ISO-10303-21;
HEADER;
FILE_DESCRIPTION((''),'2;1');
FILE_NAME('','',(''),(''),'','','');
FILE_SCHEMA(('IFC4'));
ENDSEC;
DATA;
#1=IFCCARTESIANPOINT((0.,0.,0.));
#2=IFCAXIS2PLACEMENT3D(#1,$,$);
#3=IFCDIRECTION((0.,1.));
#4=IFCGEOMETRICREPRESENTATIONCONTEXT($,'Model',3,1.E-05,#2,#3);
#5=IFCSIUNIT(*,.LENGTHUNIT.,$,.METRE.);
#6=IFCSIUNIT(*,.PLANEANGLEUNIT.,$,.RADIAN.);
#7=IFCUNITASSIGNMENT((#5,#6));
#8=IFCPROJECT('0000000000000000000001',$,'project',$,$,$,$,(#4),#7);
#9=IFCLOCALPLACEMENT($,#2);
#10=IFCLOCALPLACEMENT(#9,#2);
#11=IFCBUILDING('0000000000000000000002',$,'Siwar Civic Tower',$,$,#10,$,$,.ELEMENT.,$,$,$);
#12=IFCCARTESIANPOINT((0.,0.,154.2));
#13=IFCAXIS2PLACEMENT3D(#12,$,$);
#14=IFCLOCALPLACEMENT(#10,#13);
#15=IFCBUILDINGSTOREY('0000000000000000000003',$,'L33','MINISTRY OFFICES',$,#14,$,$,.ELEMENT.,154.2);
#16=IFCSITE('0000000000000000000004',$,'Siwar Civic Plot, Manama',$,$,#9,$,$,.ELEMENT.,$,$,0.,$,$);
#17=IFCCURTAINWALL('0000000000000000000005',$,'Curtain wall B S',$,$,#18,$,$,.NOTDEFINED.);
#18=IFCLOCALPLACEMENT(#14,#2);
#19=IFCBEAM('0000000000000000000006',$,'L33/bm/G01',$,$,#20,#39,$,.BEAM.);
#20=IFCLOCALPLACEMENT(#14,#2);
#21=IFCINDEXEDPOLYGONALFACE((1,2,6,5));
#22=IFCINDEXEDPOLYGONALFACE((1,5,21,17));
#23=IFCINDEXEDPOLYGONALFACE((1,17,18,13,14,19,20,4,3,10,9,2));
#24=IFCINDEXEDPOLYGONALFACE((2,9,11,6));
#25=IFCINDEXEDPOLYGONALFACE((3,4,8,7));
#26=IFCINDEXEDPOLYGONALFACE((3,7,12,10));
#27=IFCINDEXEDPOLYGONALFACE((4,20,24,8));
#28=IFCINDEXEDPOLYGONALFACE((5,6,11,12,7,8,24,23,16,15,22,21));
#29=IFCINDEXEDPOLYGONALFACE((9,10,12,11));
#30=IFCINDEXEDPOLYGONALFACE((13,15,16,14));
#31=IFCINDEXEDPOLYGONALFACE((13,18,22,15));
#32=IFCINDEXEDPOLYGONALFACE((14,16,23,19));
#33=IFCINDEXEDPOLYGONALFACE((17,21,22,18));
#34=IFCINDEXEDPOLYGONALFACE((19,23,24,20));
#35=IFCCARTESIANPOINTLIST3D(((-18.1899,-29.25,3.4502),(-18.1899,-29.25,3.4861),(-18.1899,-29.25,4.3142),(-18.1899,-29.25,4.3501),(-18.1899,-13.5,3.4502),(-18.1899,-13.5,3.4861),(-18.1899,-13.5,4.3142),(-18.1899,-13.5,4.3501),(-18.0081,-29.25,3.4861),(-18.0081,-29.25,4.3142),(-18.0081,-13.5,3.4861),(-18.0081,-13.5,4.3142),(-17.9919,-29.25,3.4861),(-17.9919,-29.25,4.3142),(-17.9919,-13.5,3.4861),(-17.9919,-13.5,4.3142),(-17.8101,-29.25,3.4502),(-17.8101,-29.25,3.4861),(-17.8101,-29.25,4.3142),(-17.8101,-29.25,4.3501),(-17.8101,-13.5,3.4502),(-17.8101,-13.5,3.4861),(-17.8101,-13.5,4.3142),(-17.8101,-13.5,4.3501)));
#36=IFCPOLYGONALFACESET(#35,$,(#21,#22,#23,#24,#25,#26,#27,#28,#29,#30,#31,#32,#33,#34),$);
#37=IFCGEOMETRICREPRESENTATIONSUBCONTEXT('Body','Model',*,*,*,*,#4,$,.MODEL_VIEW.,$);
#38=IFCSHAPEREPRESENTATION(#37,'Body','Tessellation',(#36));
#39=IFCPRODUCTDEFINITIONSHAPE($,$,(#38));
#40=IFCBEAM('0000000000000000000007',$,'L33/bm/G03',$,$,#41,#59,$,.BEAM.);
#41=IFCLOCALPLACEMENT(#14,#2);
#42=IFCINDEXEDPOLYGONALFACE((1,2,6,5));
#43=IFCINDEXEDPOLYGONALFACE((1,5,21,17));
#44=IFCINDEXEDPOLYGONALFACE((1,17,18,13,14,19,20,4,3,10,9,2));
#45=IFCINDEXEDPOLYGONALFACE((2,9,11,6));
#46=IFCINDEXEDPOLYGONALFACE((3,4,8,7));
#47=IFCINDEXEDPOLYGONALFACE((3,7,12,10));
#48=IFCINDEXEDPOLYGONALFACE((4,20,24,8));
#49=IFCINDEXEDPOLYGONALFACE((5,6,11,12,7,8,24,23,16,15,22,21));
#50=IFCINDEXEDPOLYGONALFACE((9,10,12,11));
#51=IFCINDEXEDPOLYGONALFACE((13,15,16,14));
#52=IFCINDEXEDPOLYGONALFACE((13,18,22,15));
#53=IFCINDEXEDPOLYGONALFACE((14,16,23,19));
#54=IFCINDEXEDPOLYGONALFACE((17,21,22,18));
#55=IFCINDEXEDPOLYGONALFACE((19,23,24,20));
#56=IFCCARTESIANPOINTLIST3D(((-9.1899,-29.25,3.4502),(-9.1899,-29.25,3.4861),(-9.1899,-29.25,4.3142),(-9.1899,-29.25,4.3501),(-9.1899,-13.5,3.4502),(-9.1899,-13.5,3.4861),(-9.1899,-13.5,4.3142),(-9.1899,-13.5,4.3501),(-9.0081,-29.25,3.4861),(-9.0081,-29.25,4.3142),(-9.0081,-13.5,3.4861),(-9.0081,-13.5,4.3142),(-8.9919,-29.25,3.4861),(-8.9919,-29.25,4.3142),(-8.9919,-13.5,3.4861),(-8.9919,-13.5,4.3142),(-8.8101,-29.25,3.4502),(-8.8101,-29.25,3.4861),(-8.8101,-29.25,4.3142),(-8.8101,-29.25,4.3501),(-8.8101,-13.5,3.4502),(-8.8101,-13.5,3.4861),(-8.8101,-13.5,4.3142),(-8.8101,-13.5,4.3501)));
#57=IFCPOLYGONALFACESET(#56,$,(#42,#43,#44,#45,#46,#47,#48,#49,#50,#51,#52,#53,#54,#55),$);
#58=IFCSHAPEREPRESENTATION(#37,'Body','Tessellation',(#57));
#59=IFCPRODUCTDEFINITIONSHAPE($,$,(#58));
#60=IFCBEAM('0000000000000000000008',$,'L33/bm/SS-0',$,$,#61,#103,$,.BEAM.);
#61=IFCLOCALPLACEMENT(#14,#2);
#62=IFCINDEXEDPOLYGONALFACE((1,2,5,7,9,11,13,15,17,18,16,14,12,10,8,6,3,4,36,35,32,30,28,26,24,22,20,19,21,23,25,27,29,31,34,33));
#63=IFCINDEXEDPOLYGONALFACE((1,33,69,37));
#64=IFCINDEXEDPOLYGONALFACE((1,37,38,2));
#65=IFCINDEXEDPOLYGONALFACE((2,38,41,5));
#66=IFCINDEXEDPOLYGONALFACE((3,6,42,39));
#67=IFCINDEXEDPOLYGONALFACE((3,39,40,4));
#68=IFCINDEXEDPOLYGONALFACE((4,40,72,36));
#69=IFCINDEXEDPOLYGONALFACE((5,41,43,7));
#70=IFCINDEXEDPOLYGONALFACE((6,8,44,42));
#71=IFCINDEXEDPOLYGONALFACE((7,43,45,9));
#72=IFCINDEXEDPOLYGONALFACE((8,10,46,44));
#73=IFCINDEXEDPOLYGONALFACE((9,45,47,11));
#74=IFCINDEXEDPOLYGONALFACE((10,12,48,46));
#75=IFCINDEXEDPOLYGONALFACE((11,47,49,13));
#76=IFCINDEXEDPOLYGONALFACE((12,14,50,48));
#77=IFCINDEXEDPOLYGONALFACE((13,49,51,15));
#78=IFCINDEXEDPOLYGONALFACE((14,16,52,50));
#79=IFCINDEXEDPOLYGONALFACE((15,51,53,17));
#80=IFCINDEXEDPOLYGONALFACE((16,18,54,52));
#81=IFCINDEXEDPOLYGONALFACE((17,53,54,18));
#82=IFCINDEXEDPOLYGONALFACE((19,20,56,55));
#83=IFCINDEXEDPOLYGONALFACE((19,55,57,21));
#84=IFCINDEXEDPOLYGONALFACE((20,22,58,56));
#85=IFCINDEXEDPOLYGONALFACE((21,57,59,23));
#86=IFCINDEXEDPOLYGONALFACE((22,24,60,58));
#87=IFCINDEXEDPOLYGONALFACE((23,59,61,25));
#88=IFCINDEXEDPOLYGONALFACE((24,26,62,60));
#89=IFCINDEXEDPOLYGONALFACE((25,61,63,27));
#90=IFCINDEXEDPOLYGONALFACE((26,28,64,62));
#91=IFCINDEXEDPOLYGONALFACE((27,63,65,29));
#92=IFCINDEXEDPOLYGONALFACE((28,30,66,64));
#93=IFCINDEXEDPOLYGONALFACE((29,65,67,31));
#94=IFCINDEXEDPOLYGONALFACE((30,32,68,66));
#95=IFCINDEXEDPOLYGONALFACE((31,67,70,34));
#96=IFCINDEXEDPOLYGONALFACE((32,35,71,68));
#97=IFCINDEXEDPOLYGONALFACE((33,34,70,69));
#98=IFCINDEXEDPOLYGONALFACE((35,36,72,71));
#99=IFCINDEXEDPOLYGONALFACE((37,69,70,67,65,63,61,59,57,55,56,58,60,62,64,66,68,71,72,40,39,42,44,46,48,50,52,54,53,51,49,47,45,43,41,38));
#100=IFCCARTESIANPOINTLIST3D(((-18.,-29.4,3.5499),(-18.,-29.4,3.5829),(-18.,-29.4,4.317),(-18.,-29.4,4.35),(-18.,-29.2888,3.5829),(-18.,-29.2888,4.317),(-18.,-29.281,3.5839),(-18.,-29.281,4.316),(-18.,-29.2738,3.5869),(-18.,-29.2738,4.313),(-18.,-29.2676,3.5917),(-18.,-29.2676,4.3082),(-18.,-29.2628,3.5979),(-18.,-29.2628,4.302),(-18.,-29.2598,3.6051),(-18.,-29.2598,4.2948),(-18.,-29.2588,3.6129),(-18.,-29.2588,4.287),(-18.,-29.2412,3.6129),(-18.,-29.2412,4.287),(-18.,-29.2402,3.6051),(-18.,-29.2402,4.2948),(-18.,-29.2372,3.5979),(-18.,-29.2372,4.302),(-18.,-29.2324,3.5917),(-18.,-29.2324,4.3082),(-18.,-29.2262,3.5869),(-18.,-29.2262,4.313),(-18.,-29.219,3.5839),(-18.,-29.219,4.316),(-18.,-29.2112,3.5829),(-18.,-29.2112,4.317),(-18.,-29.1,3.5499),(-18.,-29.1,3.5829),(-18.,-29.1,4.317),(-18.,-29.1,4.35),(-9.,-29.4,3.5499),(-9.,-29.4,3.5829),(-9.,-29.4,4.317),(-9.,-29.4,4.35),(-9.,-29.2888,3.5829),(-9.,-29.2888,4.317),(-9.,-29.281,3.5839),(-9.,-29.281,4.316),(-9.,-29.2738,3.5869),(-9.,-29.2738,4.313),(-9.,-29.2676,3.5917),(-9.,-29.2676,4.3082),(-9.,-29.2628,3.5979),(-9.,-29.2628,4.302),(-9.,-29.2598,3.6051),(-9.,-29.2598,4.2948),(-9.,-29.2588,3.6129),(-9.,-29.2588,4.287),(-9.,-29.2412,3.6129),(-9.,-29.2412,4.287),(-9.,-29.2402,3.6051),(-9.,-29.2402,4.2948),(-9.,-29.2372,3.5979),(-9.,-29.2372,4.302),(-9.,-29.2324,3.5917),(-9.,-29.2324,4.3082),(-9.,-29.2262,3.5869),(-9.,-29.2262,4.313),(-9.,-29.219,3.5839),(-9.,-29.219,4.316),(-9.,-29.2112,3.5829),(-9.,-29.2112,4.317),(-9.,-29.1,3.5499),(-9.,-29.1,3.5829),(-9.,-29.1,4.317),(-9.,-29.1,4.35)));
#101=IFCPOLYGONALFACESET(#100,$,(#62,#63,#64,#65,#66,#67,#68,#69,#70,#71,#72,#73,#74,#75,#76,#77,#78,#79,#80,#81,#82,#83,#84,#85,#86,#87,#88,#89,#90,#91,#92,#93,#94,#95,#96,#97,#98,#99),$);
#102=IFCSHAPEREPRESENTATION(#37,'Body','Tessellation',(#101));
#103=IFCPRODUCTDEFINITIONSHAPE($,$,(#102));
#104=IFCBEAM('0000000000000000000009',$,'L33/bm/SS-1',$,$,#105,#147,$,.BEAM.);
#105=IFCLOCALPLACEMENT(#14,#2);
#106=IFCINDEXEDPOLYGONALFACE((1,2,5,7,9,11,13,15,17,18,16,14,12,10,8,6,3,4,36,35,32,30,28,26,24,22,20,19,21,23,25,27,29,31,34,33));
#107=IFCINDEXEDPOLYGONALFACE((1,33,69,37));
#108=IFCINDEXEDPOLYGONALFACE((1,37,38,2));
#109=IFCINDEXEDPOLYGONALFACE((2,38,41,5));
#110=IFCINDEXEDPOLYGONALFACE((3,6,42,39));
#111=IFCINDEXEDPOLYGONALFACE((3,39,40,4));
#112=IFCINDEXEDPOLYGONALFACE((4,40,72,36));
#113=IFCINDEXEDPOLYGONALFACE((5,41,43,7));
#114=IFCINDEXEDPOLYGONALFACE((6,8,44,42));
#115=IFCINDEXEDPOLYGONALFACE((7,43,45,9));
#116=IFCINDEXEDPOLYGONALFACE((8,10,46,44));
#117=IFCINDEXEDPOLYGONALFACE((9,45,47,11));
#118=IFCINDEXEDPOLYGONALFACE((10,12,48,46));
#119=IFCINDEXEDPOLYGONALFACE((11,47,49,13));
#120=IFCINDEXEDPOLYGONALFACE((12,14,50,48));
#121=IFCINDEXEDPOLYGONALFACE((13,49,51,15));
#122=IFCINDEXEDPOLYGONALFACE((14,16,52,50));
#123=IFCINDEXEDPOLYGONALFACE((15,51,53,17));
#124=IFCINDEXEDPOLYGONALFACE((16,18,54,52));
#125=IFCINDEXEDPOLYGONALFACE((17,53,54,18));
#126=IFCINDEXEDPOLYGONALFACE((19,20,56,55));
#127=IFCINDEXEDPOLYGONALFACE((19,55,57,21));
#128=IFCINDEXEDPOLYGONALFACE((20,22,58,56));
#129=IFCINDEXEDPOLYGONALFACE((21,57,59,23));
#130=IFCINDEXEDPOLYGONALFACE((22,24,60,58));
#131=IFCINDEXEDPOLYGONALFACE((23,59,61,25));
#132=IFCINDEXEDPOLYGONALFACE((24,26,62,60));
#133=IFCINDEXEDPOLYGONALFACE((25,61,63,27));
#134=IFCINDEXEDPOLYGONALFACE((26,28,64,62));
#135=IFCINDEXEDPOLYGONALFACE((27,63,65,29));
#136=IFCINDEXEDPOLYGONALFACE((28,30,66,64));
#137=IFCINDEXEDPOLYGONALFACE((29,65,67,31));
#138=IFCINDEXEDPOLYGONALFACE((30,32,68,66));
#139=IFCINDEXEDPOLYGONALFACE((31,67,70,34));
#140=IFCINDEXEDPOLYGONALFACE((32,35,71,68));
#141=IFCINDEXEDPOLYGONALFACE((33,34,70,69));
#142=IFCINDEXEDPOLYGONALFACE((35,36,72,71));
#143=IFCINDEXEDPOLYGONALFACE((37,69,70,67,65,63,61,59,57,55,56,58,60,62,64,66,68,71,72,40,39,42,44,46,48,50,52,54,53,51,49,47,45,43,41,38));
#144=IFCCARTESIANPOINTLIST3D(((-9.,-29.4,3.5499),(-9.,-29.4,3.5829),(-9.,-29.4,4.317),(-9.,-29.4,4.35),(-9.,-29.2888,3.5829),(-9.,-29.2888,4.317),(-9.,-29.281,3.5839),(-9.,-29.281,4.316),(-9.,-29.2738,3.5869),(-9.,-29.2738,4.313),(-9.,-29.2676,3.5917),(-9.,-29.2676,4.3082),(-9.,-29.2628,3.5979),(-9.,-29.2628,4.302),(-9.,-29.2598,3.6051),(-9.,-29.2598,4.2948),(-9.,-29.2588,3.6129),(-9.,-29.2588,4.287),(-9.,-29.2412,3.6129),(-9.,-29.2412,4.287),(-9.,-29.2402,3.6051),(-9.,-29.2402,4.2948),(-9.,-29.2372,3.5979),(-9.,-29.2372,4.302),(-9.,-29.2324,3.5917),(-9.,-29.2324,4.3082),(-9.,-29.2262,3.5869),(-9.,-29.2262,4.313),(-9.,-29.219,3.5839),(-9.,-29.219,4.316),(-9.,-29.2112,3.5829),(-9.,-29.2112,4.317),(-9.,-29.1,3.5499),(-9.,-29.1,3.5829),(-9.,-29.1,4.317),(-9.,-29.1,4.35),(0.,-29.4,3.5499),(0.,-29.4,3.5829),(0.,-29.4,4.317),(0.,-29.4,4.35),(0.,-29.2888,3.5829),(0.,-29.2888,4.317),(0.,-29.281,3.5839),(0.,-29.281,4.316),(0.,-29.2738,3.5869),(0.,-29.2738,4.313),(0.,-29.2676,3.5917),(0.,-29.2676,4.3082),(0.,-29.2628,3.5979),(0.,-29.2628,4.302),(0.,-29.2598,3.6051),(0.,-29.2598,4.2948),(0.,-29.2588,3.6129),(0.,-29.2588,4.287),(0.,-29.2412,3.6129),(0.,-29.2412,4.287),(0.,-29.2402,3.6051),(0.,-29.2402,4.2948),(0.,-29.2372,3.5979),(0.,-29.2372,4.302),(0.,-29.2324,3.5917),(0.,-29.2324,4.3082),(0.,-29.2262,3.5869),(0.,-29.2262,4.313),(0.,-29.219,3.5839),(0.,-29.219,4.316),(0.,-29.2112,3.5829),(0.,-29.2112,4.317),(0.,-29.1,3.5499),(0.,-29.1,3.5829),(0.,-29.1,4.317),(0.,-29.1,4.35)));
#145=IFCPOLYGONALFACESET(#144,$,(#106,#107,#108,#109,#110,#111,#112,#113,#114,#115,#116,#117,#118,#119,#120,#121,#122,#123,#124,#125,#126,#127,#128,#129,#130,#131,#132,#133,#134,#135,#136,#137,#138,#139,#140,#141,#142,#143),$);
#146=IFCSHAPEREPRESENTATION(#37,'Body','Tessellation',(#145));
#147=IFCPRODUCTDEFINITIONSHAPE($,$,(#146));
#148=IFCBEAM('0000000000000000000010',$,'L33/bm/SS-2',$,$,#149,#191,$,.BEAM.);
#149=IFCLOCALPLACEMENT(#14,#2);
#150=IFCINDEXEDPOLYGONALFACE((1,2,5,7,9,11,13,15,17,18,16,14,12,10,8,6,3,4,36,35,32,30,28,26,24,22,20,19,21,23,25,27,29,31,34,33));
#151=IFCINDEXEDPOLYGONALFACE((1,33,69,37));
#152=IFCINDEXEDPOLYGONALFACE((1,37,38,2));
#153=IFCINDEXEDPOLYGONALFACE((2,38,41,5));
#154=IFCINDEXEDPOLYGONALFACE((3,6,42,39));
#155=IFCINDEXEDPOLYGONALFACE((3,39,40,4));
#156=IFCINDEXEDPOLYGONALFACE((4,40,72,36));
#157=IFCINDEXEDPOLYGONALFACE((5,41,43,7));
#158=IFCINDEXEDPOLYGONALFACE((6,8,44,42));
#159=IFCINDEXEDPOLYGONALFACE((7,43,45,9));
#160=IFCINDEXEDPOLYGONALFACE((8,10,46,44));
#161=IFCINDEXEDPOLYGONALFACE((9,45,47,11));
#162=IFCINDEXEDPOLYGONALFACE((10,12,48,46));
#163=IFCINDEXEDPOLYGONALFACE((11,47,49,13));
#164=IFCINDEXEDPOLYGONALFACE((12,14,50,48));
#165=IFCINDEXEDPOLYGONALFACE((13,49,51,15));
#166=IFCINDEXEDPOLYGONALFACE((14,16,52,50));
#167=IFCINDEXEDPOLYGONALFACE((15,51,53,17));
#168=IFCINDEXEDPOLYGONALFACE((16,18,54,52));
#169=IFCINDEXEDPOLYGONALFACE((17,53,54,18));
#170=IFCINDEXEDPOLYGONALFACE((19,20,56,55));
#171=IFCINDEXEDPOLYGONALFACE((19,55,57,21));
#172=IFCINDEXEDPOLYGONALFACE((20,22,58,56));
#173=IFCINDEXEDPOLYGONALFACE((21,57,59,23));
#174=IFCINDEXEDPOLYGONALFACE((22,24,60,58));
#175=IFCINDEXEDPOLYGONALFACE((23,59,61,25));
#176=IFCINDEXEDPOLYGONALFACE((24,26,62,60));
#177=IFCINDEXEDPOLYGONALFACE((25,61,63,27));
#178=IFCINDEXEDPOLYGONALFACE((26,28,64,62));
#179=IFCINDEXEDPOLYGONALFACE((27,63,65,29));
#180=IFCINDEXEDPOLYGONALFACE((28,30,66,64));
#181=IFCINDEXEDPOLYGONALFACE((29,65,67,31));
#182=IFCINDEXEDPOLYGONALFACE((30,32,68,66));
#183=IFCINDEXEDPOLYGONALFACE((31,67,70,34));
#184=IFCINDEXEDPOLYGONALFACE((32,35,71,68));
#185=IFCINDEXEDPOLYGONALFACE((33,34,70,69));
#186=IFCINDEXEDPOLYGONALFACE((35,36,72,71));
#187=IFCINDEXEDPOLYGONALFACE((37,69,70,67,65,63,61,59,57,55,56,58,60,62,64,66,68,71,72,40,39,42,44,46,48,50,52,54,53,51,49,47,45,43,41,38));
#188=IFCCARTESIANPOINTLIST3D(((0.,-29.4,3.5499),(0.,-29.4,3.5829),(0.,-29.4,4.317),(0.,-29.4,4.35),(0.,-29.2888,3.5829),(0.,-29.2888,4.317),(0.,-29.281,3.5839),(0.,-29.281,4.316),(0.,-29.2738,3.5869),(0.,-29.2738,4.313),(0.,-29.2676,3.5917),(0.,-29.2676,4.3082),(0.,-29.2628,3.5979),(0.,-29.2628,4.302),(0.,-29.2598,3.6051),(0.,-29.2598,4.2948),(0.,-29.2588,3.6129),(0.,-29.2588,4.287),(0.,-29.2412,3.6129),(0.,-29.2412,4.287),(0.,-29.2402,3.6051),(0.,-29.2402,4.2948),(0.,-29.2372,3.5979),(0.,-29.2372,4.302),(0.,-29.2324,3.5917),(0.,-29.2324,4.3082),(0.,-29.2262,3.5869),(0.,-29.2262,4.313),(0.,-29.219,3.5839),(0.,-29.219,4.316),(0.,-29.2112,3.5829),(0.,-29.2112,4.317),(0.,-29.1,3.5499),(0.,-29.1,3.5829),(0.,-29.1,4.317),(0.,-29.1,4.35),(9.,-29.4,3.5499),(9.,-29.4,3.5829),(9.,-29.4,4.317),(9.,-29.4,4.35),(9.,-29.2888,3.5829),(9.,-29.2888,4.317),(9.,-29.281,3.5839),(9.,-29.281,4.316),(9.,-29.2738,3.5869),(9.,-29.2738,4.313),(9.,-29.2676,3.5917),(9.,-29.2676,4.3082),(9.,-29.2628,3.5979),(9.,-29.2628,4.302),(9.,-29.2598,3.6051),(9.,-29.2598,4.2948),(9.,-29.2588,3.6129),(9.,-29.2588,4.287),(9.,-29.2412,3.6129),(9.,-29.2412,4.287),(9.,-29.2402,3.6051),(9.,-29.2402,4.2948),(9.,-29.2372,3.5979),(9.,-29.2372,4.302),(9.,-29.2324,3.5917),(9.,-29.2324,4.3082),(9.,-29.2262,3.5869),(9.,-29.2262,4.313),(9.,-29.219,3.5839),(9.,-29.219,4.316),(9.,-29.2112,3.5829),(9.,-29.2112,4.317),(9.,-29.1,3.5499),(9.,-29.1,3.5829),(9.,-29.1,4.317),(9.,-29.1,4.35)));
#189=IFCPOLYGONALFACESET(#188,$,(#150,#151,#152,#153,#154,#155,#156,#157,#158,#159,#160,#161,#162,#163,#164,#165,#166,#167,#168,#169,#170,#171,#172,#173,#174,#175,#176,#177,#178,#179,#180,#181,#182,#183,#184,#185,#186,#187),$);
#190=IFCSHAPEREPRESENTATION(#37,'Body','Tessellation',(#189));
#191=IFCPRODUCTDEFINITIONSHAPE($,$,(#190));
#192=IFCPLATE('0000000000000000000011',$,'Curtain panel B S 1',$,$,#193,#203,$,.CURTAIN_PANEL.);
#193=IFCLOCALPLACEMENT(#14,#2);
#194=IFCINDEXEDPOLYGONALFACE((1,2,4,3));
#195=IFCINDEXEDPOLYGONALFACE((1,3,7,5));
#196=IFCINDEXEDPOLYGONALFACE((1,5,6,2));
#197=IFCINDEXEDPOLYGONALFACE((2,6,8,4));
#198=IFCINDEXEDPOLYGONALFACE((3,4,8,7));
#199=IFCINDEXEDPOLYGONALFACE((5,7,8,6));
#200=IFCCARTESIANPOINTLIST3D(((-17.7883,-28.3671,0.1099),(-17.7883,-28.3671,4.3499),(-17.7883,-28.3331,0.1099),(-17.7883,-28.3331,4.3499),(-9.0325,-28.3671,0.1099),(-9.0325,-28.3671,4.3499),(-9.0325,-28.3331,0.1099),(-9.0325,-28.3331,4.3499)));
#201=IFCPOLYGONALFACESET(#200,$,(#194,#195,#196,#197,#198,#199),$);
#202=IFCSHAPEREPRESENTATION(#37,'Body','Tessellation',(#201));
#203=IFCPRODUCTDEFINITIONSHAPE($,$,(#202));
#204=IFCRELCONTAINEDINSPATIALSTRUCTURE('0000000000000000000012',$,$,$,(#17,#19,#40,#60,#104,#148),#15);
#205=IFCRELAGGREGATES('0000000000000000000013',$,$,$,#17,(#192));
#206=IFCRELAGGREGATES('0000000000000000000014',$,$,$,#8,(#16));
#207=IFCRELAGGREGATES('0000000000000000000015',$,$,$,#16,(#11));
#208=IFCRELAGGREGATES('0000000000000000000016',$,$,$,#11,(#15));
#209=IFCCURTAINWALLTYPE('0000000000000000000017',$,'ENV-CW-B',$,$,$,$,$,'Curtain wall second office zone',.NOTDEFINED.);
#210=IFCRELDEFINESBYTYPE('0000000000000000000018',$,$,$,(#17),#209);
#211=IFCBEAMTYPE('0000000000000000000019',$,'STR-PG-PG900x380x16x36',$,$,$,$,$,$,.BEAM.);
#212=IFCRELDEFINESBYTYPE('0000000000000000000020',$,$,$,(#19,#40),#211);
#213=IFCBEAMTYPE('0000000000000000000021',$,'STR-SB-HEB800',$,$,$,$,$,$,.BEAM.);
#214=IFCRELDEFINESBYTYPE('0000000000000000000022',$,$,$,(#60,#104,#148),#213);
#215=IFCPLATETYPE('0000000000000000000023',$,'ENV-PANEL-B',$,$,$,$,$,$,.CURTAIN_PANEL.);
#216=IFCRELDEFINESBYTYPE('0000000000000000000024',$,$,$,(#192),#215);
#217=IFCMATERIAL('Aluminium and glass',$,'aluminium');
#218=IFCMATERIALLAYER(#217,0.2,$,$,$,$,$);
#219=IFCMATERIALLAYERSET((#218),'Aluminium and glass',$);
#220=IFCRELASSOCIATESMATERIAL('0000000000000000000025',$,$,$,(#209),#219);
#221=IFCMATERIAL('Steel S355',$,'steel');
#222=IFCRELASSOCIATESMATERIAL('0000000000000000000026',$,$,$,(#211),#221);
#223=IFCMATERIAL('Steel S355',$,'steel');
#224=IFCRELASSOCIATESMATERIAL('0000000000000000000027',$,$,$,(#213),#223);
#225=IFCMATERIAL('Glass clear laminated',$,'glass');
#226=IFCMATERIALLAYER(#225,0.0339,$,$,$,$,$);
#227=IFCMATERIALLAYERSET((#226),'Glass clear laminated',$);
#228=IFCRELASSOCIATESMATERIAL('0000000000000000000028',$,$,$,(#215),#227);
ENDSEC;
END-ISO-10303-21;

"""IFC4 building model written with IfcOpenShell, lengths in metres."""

from ifc_helpers import new_model, si_unit, direction, frame, origin, origin_2d, place, context, subcontext, project, spatial, rectangle, i_section, extrude, material, layer, layer_set, material_profile, profile_set, type_object, element, aggregate, save


model = new_model("IFC4")

# Units and contexts
model_context = context("Model", 3, precision=1e-05, world=origin(), true_north=direction((0.0, 1.0)))
body_context = subcontext(model_context, "Body", "Model", "MODEL_VIEW")
ifc_project = project(units=[si_unit("LENGTHUNIT", "METRE"), si_unit("PLANEANGLEUNIT", "RADIAN")], contexts=[model_context])

# Site, building, storey
site_placement = place(None, origin())
site = spatial("IfcSite", under=ifc_project, at=site_placement, Name="Siwar Civic Plot, Manama", CompositionType="ELEMENT", RefElevation=0.0)
building_placement = place(site_placement, origin())
building = spatial("IfcBuilding", under=site, at=building_placement, Name="Siwar Civic Tower", CompositionType="ELEMENT")
storey_placement = place(building_placement, frame((0.0, 0.0, 154.2)))
storey = spatial("IfcBuildingStorey", under=building, at=storey_placement, Name="L33", Description="MINISTRY OFFICES", CompositionType="ELEMENT", Elevation=154.2)

# Curtain wall
ifc_material_1 = material(Name="Aluminium and glass", Category="aluminium")
ifc_layer_1 = layer(ifc_material_1, 0.2)
ifc_layer_set_1 = layer_set([ifc_layer_1], Name="Aluminium and glass")
curtain_wall_type = type_object("IfcCurtainWallType", Name="ENV-CW-B", ElementType="Curtain wall second office zone", PredefinedType="NOTDEFINED", material=ifc_layer_set_1)
curtain_wall_placement = place(storey_placement, origin())
curtain_wall = element("IfcCurtainWall", 1, at=curtain_wall_placement, inside=storey, type_object=curtain_wall_type, Name="Curtain wall B S", PredefinedType="NOTDEFINED")

# Beams
ifc_material_2 = material(Name="Steel S355", Category="steel")
ifc_material_profile_1 = material_profile(ifc_material_2, i_section(OverallWidth=0.3799, OverallDepth=0.8999, WebThickness=0.0161, FlangeThickness=0.0359, at=origin_2d()), Name="PG900x380x16x36")
ifc_profile_set_1 = profile_set([ifc_material_profile_1], Name="Steel S355")
beam_type_1 = type_object("IfcBeamType", Name="STR-PG-PG900x380x16x36", PredefinedType="BEAM", material=ifc_profile_set_1)
for number, where, z_axis, x_axis, name in (
    (2, (-18.0, -29.25, 3.9001), (0.0, 1.0, 0.0), (-1.0, 0.0, 0.0), "L33/bm/G01"),
    (3, (-9.0, -29.25, 3.9001), (0.0, 1.0, 0.0), (-1.0, 0.0, 0.0), "L33/bm/G03"),
):
    element("IfcBeam", number, at=place(storey_placement, frame(where, z_axis=z_axis, x_axis=x_axis)), inside=storey, type_object=beam_type_1, Name=name, PredefinedType="BEAM", context=body_context, shape_type="SweptSolid", body=[
        extrude(i_section(OverallWidth=0.3799, OverallDepth=0.8999, WebThickness=0.0161, FlangeThickness=0.0359, at=origin_2d()), origin(), (0.0, 0.0, 1.0), 15.75),
    ])
ifc_material_3 = material(Name="Steel S355", Category="steel")
ifc_material_profile_2 = material_profile(ifc_material_3, i_section(OverallWidth=0.3, OverallDepth=0.8, WebThickness=0.0176, FlangeThickness=0.033, FilletRadius=0.03, at=origin_2d()), Name="HEB800")
ifc_profile_set_2 = profile_set([ifc_material_profile_2], Name="Steel S355")
beam_type_2 = type_object("IfcBeamType", Name="STR-SB-HEB800", PredefinedType="BEAM", material=ifc_profile_set_2)
for number, where, z_axis, x_axis, name in (
    (4, (-18.0, -29.25, 3.95), (1.0, 0.0, 0.0), (0.0, 1.0, 0.0), "L33/bm/SS-0"),
    (5, (-9.0, -29.25, 3.95), (1.0, 0.0, 0.0), (0.0, 1.0, 0.0), "L33/bm/SS-1"),
    (6, (0.0, -29.25, 3.95), (1.0, 0.0, 0.0), (0.0, 1.0, 0.0), "L33/bm/SS-2"),
):
    element("IfcBeam", number, at=place(storey_placement, frame(where, z_axis=z_axis, x_axis=x_axis)), inside=storey, type_object=beam_type_2, Name=name, PredefinedType="BEAM", context=body_context, shape_type="SweptSolid", body=[
        extrude(i_section(OverallWidth=0.3, OverallDepth=0.8, WebThickness=0.0176, FlangeThickness=0.033, FilletRadius=0.03, at=origin_2d()), origin(), (0.0, 0.0, 1.0), 9.0),
    ])

# Plate
ifc_material_4 = material(Name="Glass clear laminated", Category="glass")
ifc_layer_2 = layer(ifc_material_4, 0.0339)
ifc_layer_set_2 = layer_set([ifc_layer_2], Name="Glass clear laminated")
plate_type = type_object("IfcPlateType", Name="ENV-PANEL-B", PredefinedType="CURTAIN_PANEL", material=ifc_layer_set_2)
plate_1_placement = place(storey_placement, frame((-13.4104, -28.3501, 0.1099), z_axis=(0.0, 0.0, 1.0), x_axis=(1.0, 0.0, 0.0)))
plate_1 = element("IfcPlate", 7, at=plate_1_placement, type_object=plate_type, Name="Curtain panel B S 1", PredefinedType="CURTAIN_PANEL", context=body_context, shape_type="SweptSolid", body=[
    extrude(rectangle(XDim=8.7559, YDim=0.0339, at=origin_2d()), origin(), (0.0, 0.0, 1.0), 4.24),
])
aggregate(curtain_wall, [plate_1])

save(model, "model.ifc")
